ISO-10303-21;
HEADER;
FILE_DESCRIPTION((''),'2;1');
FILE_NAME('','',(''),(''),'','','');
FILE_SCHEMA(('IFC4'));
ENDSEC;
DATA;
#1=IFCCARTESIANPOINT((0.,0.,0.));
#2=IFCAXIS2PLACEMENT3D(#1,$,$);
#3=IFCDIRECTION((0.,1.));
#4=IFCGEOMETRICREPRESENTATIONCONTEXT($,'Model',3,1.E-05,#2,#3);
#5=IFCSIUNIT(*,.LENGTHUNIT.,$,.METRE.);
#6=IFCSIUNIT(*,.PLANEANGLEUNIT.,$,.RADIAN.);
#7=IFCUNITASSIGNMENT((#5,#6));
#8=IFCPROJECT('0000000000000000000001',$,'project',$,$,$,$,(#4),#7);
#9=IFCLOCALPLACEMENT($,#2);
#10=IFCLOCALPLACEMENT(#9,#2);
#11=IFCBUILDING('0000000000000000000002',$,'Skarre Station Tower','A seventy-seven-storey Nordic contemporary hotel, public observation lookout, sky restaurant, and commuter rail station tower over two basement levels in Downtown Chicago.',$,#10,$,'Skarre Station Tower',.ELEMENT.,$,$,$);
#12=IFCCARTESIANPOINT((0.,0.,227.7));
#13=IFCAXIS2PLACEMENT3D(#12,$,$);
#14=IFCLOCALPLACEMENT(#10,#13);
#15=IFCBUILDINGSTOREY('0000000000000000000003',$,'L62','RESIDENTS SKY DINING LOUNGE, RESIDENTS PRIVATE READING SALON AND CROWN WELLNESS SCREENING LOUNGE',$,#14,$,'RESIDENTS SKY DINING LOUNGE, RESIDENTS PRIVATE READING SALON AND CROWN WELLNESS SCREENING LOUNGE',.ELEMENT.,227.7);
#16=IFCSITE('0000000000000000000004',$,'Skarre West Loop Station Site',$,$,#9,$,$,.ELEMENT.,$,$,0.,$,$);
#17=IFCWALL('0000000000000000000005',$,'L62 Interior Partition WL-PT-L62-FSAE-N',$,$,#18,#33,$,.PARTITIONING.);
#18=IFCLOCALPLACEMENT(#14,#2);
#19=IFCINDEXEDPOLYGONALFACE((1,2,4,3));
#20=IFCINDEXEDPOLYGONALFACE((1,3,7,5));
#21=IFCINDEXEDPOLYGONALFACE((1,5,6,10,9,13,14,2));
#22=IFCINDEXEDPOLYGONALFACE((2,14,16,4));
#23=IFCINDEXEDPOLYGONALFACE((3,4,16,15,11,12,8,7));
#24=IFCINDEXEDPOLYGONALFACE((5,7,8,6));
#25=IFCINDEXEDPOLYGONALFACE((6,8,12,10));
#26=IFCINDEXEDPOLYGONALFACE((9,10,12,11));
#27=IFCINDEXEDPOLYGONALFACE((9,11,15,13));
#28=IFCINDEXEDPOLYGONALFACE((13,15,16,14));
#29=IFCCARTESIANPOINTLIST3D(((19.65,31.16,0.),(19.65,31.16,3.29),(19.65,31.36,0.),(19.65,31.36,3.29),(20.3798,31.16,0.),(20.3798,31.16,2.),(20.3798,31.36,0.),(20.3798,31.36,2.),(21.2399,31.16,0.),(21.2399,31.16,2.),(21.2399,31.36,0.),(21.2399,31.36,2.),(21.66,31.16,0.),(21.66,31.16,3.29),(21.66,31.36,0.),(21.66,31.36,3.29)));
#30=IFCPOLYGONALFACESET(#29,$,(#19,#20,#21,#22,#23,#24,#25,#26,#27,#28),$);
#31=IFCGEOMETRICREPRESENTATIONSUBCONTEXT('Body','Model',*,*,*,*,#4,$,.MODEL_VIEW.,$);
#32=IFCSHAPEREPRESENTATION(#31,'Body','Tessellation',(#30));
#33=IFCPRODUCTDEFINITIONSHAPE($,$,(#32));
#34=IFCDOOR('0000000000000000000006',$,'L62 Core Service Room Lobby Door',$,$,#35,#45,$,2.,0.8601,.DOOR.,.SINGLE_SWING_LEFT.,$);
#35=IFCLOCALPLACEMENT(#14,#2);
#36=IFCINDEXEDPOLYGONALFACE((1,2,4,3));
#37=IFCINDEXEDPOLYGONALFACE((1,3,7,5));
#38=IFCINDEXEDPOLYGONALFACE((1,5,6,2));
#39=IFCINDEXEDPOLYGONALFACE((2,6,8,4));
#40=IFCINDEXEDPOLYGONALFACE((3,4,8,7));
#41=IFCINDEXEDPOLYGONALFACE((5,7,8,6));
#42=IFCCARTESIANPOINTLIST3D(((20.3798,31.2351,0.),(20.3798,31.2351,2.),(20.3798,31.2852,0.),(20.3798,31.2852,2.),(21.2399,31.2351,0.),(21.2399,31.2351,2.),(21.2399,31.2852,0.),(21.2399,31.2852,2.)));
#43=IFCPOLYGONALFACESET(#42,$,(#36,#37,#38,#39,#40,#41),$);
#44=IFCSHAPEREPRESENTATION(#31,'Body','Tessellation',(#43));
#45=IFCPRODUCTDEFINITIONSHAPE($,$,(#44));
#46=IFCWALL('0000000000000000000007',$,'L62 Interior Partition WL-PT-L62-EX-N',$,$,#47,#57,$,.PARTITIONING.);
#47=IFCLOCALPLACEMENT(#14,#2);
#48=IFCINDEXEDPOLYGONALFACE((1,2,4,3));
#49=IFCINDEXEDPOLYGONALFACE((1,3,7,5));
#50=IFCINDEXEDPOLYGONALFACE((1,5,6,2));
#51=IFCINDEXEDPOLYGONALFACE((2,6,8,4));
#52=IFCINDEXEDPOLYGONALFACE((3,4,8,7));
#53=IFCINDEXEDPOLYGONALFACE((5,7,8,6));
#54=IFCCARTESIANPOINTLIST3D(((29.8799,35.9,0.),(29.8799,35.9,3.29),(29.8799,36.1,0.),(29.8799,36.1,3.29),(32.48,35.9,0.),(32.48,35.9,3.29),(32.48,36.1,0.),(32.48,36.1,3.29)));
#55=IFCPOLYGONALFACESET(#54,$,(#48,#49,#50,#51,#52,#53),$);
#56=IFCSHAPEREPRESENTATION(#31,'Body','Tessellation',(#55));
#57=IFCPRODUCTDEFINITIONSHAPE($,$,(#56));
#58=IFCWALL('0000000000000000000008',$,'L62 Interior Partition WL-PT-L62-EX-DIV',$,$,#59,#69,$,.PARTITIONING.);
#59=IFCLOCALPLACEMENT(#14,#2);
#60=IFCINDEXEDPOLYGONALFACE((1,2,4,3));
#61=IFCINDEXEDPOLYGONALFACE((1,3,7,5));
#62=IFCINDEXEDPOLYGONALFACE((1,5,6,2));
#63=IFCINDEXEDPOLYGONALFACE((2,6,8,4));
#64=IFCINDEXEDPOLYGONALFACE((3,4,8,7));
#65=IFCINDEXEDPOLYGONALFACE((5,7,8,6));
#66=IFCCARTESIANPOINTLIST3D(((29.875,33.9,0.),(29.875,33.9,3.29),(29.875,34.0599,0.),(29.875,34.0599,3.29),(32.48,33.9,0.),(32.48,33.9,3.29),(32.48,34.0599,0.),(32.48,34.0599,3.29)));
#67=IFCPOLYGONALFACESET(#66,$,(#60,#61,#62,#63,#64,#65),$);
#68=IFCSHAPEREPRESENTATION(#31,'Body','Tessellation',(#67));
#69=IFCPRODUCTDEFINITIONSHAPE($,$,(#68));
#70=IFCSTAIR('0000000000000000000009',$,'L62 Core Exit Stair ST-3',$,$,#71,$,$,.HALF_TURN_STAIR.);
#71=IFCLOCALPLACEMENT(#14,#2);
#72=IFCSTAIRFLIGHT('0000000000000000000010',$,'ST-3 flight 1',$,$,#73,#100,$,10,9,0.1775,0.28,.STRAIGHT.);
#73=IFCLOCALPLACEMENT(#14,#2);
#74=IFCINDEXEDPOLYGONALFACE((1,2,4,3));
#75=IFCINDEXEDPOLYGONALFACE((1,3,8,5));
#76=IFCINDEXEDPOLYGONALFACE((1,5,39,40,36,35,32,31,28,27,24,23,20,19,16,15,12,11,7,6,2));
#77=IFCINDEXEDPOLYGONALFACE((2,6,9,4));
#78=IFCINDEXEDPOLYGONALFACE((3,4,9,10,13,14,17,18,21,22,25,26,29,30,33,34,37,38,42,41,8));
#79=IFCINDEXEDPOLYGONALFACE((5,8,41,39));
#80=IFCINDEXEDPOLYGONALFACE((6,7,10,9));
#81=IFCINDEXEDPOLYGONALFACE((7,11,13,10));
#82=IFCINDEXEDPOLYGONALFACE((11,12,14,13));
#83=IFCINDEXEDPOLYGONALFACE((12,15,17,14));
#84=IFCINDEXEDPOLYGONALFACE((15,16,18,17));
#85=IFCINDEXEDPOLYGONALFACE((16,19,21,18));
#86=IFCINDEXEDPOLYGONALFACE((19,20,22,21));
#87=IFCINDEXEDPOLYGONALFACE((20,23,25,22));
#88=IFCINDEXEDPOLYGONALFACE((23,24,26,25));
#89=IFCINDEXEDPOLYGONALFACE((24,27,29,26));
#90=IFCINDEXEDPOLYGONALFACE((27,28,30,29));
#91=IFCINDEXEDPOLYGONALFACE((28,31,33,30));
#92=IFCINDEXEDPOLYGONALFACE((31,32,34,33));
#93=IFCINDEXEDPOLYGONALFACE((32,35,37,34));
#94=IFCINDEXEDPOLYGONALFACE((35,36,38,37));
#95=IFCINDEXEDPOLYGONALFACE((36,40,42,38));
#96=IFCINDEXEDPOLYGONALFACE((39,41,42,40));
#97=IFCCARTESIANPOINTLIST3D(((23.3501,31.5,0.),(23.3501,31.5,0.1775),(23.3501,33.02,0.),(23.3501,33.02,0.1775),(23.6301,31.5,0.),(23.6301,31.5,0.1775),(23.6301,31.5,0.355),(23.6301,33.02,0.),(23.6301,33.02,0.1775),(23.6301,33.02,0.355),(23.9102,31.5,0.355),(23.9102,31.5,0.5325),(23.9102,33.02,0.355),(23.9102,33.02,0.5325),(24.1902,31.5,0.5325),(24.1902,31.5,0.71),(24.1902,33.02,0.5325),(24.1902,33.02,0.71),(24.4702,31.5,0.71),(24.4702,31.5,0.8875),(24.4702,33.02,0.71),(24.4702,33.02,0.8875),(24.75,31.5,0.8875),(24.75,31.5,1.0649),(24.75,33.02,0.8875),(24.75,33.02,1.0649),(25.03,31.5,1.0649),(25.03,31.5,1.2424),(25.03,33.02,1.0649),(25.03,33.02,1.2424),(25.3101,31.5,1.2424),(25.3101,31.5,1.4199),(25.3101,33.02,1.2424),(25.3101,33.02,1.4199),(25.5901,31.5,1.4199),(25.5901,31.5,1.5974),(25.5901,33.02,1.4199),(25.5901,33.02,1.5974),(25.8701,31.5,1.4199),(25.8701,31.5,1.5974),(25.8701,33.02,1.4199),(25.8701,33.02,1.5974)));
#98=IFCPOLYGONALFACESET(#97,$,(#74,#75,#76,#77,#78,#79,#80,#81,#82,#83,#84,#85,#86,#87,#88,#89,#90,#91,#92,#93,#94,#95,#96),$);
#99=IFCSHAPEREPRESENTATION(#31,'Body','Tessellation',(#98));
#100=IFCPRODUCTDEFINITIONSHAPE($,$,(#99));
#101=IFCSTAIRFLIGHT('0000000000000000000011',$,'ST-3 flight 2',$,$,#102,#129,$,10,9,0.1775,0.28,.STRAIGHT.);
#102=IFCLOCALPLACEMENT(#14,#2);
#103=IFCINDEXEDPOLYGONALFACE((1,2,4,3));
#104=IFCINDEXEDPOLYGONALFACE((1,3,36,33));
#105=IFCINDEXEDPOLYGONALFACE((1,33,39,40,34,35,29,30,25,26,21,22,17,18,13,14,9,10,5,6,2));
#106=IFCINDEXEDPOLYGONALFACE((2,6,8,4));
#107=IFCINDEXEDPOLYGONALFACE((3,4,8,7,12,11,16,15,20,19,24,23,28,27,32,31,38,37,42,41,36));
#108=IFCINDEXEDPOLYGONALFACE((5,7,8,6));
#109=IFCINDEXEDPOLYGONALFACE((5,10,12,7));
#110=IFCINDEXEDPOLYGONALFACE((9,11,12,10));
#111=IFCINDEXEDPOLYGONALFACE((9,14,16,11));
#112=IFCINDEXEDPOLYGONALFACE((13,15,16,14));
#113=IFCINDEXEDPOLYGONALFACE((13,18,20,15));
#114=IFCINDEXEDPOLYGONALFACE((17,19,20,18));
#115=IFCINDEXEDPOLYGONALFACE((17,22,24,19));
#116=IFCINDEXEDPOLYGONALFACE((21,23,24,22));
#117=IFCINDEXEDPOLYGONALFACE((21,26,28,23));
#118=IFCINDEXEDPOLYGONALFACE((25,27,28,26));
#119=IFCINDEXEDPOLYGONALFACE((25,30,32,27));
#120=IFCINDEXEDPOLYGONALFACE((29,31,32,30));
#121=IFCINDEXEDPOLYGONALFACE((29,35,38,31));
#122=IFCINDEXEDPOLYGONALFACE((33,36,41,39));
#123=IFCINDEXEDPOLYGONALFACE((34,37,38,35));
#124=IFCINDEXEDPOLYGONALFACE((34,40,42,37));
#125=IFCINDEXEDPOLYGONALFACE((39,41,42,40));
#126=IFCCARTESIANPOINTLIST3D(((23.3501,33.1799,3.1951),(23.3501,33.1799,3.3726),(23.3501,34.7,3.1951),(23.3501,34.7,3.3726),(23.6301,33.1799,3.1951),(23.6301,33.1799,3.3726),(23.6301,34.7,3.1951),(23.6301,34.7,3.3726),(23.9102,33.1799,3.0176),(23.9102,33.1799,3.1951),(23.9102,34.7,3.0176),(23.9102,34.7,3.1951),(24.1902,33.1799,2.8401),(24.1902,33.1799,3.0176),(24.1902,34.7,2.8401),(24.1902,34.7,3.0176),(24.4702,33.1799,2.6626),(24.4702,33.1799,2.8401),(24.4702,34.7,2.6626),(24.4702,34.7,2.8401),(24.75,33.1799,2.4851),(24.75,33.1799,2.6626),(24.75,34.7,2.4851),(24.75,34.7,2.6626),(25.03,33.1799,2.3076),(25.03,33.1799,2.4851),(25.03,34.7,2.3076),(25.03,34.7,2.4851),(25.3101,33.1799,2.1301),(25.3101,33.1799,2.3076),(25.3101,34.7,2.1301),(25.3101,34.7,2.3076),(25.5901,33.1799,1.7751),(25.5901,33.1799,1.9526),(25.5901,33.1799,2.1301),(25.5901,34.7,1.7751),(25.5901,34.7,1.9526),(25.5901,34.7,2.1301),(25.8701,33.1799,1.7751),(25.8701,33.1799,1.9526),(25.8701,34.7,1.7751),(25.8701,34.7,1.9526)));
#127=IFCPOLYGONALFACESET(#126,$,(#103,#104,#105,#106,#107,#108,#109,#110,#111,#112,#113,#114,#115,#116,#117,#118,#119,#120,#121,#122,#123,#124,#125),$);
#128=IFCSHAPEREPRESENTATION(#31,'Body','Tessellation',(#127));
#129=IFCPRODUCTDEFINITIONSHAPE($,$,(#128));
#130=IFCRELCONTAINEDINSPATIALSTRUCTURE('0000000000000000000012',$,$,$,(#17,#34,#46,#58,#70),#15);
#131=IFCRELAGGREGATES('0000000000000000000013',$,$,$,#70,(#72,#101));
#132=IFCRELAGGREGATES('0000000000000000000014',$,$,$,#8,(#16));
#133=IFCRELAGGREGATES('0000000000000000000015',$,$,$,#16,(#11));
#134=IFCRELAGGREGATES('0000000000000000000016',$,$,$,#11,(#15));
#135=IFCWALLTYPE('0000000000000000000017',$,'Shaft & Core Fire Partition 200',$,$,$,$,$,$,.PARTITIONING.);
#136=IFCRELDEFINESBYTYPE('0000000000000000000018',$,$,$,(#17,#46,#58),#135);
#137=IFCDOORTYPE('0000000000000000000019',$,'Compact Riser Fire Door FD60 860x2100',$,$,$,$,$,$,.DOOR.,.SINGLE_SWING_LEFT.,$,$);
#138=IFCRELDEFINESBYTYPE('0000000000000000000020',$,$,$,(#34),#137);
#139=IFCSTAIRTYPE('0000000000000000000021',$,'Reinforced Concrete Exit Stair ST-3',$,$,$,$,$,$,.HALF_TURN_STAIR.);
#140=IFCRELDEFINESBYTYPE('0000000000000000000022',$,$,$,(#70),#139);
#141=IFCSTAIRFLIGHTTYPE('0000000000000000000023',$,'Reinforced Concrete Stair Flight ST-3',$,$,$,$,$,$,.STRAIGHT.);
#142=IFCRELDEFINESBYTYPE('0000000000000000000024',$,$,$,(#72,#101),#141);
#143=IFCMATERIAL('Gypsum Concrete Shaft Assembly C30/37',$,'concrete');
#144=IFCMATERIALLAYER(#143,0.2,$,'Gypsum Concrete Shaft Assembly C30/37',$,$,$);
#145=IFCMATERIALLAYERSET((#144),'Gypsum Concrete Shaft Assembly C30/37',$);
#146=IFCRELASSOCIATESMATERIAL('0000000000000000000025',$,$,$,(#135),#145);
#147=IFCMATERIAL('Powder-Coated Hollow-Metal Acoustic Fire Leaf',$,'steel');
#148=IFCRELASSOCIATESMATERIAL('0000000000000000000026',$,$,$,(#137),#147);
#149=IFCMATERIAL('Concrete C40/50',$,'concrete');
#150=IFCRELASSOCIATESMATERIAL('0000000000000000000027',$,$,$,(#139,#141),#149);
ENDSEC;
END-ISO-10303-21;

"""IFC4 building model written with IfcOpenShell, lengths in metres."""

from ifc_helpers import new_model, si_unit, direction, frame, frame_2d, origin, place, context, subcontext, project, spatial, polyline, rectangle, outline, extrude, material, layer, layer_set, type_object, element, fill, aggregate, save


model = new_model("IFC4")

# Units and contexts
model_context = context("Model", 3, precision=1e-05, world=origin(), true_north=direction((0.0, 1.0)))
body_context = subcontext(model_context, "Body", "Model", "MODEL_VIEW")
ifc_project = project(units=[si_unit("LENGTHUNIT", "METRE"), si_unit("PLANEANGLEUNIT", "RADIAN")], contexts=[model_context])

# Site, building, storey
site_placement = place(None, origin())
site = spatial("IfcSite", under=ifc_project, at=site_placement, Name="Skarre West Loop Station Site", CompositionType="ELEMENT", RefElevation=0.0)
building_placement = place(site_placement, origin())
building = spatial("IfcBuilding", under=site, at=building_placement, Name="Skarre Station Tower", Description="A seventy-seven-storey Nordic contemporary hotel, public observation lookout, sky restaurant, and commuter rail station tower over two basement levels in Downtown Chicago.", LongName="Skarre Station Tower", CompositionType="ELEMENT")
storey_placement = place(building_placement, frame((0.0, 0.0, 227.7)))
storey = spatial("IfcBuildingStorey", under=building, at=storey_placement, Name="L62", Description="RESIDENTS SKY DINING LOUNGE, RESIDENTS PRIVATE READING SALON AND CROWN WELLNESS SCREENING LOUNGE", LongName="RESIDENTS SKY DINING LOUNGE, RESIDENTS PRIVATE READING SALON AND CROWN WELLNESS SCREENING LOUNGE", CompositionType="ELEMENT", Elevation=227.7)

# Wall, opening, door
ifc_material_1 = material(Name="Gypsum Concrete Shaft Assembly C30/37", Category="concrete")
ifc_layer_1 = layer(ifc_material_1, 0.2, Name="Gypsum Concrete Shaft Assembly C30/37")
ifc_layer_set_1 = layer_set([ifc_layer_1], Name="Gypsum Concrete Shaft Assembly C30/37")
wall_type_1 = type_object("IfcWallType", Name="Shaft & Core Fire Partition 200", PredefinedType="PARTITIONING", material=ifc_layer_set_1)
wall_1_placement = place(storey_placement, frame((21.6599, 31.26, 0.0), z_axis=(0.0, 0.0, 1.0), x_axis=(-1.0, 0.0, 0.0)))
wall_1 = element("IfcWall", 1, at=wall_1_placement, inside=storey, type_object=wall_type_1, Name="L62 Interior Partition WL-PT-L62-FSAE-N", PredefinedType="PARTITIONING", context=body_context, shape_type="SweptSolid", body=[
    extrude(rectangle(XDim=2.01, YDim=0.2, at=frame_2d((1.0049, 0.0))), origin(), (0.0, 0.0, 1.0), 3.29),
])
opening_1_placement = place(wall_1_placement, frame((0.4199, 0.0, 0.0)))
opening_1 = element("IfcOpeningElement", 2, at=opening_1_placement, cuts=wall_1, PredefinedType="OPENING", context=body_context, shape_type="SweptSolid", body=[
    extrude(rectangle(XDim=0.8601, YDim=2.0, at=frame_2d((0.4302, 1.0))), frame((0.0, 0.1099, 0.0), z_axis=(0.0, -1.0, 0.0), x_axis=(1.0, 0.0, 0.0)), (0.0, 0.0, 1.0), 0.22),
])
ifc_material_2 = material(Name="Powder-Coated Hollow-Metal Acoustic Fire Leaf", Category="steel")
door_type_1 = type_object("IfcDoorType", Name="Compact Riser Fire Door FD60 860x2100", OperationType="SINGLE_SWING_LEFT", PredefinedType="DOOR", material=ifc_material_2)
door_1_placement = place(opening_1_placement, origin())
door_1 = element("IfcDoor", 3, at=door_1_placement, inside=storey, type_object=door_type_1, Name="L62 Core Service Room Lobby Door", OperationType="SINGLE_SWING_LEFT", OverallHeight=2.0, OverallWidth=0.8601, PredefinedType="DOOR", context=body_context, shape_type="SweptSolid", body=[
    extrude(rectangle(XDim=0.8601, YDim=2.0, at=frame_2d((0.4302, 1.0))), frame((0.0, 0.0249, 0.0), z_axis=(0.0, -1.0, 0.0), x_axis=(1.0, 0.0, 0.0)), (0.0, 0.0, 1.0), 0.05),
])
fill(opening_1, door_1)

# Walls
wall_2_placement = place(storey_placement, frame((29.8799, 36.0, 0.0), z_axis=(0.0, 0.0, 1.0), x_axis=(1.0, 0.0, 0.0)))
element("IfcWall", 4, at=wall_2_placement, inside=storey, type_object=wall_type_1, Name="L62 Interior Partition WL-PT-L62-EX-N", PredefinedType="PARTITIONING", context=body_context, shape_type="SweptSolid", body=[
    extrude(rectangle(XDim=2.6001, YDim=0.2, at=frame_2d((1.3, 0.0))), origin(), (0.0, 0.0, 1.0), 3.29),
])
wall_3_placement = place(storey_placement, frame((29.875, 33.98, 0.0), z_axis=(0.0, 0.0, 1.0), x_axis=(1.0, 0.0, 0.0)))
element("IfcWall", 5, at=wall_3_placement, inside=storey, type_object=wall_type_1, Name="L62 Interior Partition WL-PT-L62-EX-DIV", PredefinedType="PARTITIONING", context=body_context, shape_type="SweptSolid", body=[
    extrude(rectangle(XDim=2.605, YDim=0.1599, at=frame_2d((1.3025, 0.0))), origin(), (0.0, 0.0, 1.0), 3.29),
])

# Stair, stair flights
ifc_material_3 = material(Name="Concrete C40/50", Category="concrete")
stair_type = type_object("IfcStairType", Name="Reinforced Concrete Exit Stair ST-3", PredefinedType="HALF_TURN_STAIR", material=ifc_material_3)
stair_placement = place(storey_placement, origin())
stair = element("IfcStair", 6, at=stair_placement, inside=storey, type_object=stair_type, Name="L62 Core Exit Stair ST-3", PredefinedType="HALF_TURN_STAIR")
stair_flight_type = type_object("IfcStairFlightType", Name="Reinforced Concrete Stair Flight ST-3", PredefinedType="STRAIGHT", material=ifc_material_3)
stair_flight_1_placement = place(storey_placement, frame((23.3501, 32.26, 0.0), z_axis=(0.0, 0.0, 1.0), x_axis=(1.0, 0.0, 0.0)))
stair_flight_1 = element("IfcStairFlight", 7, at=stair_flight_1_placement, type_object=stair_flight_type, Name="ST-3 flight 1", NumberOfRisers=10, NumberOfTreads=9, PredefinedType="STRAIGHT", RiserHeight=0.1775, TreadLength=0.28, context=body_context, shape_type="SweptSolid", body=[
    extrude(outline(polyline([(0.0, 0.0), (0.0, 0.1775), (0.28, 0.1775), (0.28, 0.355), (0.5601, 0.355), (0.5601, 0.5325), (0.8401, 0.5325), (0.8401, 0.71), (1.1201, 0.71), (1.1201, 0.8875), (1.3999, 0.8875), (1.3999, 1.0649), (1.6799, 1.0649), (1.6799, 1.2424), (1.96, 1.2424), (1.96, 1.4199), (2.24, 1.4199), (2.24, 1.5974), (2.52, 1.5974), (2.52, 1.7749), (2.52, 1.4199), (0.28, 0.0), (0.0, 0.0)])), frame((0.0, 0.76, 0.0), z_axis=(0.0, -1.0, 0.0), x_axis=(1.0, 0.0, 0.0)), (0.0, 0.0, 1.0), 1.52),
])
stair_flight_2_placement = place(storey_placement, frame((25.8701, 33.9399, 1.7751), z_axis=(0.0, 0.0, 1.0), x_axis=(-1.0, 0.0, 0.0)))
stair_flight_2 = element("IfcStairFlight", 8, at=stair_flight_2_placement, type_object=stair_flight_type, Name="ST-3 flight 2", NumberOfRisers=10, NumberOfTreads=9, PredefinedType="STRAIGHT", RiserHeight=0.1775, TreadLength=0.28, context=body_context, shape_type="SweptSolid", body=[
    extrude(outline(polyline([(0.0, 0.0), (0.0, 0.1775), (0.28, 0.1775), (0.28, 0.355), (0.5601, 0.355), (0.5601, 0.5325), (0.8401, 0.5325), (0.8401, 0.71), (1.1201, 0.71), (1.1201, 0.8875), (1.3999, 0.8875), (1.3999, 1.0649), (1.6799, 1.0649), (1.6799, 1.2424), (1.96, 1.2424), (1.96, 1.4199), (2.24, 1.4199), (2.24, 1.5974), (2.52, 1.5974), (2.52, 1.7749), (2.52, 1.4199), (0.28, 0.0), (0.0, 0.0)])), frame((0.0, 0.76, 0.0), z_axis=(0.0, -1.0, 0.0), x_axis=(1.0, 0.0, 0.0)), (0.0, 0.0, 1.0), 1.52),
])
aggregate(stair, [stair_flight_1, stair_flight_2])

save(model, "model.ifc")
